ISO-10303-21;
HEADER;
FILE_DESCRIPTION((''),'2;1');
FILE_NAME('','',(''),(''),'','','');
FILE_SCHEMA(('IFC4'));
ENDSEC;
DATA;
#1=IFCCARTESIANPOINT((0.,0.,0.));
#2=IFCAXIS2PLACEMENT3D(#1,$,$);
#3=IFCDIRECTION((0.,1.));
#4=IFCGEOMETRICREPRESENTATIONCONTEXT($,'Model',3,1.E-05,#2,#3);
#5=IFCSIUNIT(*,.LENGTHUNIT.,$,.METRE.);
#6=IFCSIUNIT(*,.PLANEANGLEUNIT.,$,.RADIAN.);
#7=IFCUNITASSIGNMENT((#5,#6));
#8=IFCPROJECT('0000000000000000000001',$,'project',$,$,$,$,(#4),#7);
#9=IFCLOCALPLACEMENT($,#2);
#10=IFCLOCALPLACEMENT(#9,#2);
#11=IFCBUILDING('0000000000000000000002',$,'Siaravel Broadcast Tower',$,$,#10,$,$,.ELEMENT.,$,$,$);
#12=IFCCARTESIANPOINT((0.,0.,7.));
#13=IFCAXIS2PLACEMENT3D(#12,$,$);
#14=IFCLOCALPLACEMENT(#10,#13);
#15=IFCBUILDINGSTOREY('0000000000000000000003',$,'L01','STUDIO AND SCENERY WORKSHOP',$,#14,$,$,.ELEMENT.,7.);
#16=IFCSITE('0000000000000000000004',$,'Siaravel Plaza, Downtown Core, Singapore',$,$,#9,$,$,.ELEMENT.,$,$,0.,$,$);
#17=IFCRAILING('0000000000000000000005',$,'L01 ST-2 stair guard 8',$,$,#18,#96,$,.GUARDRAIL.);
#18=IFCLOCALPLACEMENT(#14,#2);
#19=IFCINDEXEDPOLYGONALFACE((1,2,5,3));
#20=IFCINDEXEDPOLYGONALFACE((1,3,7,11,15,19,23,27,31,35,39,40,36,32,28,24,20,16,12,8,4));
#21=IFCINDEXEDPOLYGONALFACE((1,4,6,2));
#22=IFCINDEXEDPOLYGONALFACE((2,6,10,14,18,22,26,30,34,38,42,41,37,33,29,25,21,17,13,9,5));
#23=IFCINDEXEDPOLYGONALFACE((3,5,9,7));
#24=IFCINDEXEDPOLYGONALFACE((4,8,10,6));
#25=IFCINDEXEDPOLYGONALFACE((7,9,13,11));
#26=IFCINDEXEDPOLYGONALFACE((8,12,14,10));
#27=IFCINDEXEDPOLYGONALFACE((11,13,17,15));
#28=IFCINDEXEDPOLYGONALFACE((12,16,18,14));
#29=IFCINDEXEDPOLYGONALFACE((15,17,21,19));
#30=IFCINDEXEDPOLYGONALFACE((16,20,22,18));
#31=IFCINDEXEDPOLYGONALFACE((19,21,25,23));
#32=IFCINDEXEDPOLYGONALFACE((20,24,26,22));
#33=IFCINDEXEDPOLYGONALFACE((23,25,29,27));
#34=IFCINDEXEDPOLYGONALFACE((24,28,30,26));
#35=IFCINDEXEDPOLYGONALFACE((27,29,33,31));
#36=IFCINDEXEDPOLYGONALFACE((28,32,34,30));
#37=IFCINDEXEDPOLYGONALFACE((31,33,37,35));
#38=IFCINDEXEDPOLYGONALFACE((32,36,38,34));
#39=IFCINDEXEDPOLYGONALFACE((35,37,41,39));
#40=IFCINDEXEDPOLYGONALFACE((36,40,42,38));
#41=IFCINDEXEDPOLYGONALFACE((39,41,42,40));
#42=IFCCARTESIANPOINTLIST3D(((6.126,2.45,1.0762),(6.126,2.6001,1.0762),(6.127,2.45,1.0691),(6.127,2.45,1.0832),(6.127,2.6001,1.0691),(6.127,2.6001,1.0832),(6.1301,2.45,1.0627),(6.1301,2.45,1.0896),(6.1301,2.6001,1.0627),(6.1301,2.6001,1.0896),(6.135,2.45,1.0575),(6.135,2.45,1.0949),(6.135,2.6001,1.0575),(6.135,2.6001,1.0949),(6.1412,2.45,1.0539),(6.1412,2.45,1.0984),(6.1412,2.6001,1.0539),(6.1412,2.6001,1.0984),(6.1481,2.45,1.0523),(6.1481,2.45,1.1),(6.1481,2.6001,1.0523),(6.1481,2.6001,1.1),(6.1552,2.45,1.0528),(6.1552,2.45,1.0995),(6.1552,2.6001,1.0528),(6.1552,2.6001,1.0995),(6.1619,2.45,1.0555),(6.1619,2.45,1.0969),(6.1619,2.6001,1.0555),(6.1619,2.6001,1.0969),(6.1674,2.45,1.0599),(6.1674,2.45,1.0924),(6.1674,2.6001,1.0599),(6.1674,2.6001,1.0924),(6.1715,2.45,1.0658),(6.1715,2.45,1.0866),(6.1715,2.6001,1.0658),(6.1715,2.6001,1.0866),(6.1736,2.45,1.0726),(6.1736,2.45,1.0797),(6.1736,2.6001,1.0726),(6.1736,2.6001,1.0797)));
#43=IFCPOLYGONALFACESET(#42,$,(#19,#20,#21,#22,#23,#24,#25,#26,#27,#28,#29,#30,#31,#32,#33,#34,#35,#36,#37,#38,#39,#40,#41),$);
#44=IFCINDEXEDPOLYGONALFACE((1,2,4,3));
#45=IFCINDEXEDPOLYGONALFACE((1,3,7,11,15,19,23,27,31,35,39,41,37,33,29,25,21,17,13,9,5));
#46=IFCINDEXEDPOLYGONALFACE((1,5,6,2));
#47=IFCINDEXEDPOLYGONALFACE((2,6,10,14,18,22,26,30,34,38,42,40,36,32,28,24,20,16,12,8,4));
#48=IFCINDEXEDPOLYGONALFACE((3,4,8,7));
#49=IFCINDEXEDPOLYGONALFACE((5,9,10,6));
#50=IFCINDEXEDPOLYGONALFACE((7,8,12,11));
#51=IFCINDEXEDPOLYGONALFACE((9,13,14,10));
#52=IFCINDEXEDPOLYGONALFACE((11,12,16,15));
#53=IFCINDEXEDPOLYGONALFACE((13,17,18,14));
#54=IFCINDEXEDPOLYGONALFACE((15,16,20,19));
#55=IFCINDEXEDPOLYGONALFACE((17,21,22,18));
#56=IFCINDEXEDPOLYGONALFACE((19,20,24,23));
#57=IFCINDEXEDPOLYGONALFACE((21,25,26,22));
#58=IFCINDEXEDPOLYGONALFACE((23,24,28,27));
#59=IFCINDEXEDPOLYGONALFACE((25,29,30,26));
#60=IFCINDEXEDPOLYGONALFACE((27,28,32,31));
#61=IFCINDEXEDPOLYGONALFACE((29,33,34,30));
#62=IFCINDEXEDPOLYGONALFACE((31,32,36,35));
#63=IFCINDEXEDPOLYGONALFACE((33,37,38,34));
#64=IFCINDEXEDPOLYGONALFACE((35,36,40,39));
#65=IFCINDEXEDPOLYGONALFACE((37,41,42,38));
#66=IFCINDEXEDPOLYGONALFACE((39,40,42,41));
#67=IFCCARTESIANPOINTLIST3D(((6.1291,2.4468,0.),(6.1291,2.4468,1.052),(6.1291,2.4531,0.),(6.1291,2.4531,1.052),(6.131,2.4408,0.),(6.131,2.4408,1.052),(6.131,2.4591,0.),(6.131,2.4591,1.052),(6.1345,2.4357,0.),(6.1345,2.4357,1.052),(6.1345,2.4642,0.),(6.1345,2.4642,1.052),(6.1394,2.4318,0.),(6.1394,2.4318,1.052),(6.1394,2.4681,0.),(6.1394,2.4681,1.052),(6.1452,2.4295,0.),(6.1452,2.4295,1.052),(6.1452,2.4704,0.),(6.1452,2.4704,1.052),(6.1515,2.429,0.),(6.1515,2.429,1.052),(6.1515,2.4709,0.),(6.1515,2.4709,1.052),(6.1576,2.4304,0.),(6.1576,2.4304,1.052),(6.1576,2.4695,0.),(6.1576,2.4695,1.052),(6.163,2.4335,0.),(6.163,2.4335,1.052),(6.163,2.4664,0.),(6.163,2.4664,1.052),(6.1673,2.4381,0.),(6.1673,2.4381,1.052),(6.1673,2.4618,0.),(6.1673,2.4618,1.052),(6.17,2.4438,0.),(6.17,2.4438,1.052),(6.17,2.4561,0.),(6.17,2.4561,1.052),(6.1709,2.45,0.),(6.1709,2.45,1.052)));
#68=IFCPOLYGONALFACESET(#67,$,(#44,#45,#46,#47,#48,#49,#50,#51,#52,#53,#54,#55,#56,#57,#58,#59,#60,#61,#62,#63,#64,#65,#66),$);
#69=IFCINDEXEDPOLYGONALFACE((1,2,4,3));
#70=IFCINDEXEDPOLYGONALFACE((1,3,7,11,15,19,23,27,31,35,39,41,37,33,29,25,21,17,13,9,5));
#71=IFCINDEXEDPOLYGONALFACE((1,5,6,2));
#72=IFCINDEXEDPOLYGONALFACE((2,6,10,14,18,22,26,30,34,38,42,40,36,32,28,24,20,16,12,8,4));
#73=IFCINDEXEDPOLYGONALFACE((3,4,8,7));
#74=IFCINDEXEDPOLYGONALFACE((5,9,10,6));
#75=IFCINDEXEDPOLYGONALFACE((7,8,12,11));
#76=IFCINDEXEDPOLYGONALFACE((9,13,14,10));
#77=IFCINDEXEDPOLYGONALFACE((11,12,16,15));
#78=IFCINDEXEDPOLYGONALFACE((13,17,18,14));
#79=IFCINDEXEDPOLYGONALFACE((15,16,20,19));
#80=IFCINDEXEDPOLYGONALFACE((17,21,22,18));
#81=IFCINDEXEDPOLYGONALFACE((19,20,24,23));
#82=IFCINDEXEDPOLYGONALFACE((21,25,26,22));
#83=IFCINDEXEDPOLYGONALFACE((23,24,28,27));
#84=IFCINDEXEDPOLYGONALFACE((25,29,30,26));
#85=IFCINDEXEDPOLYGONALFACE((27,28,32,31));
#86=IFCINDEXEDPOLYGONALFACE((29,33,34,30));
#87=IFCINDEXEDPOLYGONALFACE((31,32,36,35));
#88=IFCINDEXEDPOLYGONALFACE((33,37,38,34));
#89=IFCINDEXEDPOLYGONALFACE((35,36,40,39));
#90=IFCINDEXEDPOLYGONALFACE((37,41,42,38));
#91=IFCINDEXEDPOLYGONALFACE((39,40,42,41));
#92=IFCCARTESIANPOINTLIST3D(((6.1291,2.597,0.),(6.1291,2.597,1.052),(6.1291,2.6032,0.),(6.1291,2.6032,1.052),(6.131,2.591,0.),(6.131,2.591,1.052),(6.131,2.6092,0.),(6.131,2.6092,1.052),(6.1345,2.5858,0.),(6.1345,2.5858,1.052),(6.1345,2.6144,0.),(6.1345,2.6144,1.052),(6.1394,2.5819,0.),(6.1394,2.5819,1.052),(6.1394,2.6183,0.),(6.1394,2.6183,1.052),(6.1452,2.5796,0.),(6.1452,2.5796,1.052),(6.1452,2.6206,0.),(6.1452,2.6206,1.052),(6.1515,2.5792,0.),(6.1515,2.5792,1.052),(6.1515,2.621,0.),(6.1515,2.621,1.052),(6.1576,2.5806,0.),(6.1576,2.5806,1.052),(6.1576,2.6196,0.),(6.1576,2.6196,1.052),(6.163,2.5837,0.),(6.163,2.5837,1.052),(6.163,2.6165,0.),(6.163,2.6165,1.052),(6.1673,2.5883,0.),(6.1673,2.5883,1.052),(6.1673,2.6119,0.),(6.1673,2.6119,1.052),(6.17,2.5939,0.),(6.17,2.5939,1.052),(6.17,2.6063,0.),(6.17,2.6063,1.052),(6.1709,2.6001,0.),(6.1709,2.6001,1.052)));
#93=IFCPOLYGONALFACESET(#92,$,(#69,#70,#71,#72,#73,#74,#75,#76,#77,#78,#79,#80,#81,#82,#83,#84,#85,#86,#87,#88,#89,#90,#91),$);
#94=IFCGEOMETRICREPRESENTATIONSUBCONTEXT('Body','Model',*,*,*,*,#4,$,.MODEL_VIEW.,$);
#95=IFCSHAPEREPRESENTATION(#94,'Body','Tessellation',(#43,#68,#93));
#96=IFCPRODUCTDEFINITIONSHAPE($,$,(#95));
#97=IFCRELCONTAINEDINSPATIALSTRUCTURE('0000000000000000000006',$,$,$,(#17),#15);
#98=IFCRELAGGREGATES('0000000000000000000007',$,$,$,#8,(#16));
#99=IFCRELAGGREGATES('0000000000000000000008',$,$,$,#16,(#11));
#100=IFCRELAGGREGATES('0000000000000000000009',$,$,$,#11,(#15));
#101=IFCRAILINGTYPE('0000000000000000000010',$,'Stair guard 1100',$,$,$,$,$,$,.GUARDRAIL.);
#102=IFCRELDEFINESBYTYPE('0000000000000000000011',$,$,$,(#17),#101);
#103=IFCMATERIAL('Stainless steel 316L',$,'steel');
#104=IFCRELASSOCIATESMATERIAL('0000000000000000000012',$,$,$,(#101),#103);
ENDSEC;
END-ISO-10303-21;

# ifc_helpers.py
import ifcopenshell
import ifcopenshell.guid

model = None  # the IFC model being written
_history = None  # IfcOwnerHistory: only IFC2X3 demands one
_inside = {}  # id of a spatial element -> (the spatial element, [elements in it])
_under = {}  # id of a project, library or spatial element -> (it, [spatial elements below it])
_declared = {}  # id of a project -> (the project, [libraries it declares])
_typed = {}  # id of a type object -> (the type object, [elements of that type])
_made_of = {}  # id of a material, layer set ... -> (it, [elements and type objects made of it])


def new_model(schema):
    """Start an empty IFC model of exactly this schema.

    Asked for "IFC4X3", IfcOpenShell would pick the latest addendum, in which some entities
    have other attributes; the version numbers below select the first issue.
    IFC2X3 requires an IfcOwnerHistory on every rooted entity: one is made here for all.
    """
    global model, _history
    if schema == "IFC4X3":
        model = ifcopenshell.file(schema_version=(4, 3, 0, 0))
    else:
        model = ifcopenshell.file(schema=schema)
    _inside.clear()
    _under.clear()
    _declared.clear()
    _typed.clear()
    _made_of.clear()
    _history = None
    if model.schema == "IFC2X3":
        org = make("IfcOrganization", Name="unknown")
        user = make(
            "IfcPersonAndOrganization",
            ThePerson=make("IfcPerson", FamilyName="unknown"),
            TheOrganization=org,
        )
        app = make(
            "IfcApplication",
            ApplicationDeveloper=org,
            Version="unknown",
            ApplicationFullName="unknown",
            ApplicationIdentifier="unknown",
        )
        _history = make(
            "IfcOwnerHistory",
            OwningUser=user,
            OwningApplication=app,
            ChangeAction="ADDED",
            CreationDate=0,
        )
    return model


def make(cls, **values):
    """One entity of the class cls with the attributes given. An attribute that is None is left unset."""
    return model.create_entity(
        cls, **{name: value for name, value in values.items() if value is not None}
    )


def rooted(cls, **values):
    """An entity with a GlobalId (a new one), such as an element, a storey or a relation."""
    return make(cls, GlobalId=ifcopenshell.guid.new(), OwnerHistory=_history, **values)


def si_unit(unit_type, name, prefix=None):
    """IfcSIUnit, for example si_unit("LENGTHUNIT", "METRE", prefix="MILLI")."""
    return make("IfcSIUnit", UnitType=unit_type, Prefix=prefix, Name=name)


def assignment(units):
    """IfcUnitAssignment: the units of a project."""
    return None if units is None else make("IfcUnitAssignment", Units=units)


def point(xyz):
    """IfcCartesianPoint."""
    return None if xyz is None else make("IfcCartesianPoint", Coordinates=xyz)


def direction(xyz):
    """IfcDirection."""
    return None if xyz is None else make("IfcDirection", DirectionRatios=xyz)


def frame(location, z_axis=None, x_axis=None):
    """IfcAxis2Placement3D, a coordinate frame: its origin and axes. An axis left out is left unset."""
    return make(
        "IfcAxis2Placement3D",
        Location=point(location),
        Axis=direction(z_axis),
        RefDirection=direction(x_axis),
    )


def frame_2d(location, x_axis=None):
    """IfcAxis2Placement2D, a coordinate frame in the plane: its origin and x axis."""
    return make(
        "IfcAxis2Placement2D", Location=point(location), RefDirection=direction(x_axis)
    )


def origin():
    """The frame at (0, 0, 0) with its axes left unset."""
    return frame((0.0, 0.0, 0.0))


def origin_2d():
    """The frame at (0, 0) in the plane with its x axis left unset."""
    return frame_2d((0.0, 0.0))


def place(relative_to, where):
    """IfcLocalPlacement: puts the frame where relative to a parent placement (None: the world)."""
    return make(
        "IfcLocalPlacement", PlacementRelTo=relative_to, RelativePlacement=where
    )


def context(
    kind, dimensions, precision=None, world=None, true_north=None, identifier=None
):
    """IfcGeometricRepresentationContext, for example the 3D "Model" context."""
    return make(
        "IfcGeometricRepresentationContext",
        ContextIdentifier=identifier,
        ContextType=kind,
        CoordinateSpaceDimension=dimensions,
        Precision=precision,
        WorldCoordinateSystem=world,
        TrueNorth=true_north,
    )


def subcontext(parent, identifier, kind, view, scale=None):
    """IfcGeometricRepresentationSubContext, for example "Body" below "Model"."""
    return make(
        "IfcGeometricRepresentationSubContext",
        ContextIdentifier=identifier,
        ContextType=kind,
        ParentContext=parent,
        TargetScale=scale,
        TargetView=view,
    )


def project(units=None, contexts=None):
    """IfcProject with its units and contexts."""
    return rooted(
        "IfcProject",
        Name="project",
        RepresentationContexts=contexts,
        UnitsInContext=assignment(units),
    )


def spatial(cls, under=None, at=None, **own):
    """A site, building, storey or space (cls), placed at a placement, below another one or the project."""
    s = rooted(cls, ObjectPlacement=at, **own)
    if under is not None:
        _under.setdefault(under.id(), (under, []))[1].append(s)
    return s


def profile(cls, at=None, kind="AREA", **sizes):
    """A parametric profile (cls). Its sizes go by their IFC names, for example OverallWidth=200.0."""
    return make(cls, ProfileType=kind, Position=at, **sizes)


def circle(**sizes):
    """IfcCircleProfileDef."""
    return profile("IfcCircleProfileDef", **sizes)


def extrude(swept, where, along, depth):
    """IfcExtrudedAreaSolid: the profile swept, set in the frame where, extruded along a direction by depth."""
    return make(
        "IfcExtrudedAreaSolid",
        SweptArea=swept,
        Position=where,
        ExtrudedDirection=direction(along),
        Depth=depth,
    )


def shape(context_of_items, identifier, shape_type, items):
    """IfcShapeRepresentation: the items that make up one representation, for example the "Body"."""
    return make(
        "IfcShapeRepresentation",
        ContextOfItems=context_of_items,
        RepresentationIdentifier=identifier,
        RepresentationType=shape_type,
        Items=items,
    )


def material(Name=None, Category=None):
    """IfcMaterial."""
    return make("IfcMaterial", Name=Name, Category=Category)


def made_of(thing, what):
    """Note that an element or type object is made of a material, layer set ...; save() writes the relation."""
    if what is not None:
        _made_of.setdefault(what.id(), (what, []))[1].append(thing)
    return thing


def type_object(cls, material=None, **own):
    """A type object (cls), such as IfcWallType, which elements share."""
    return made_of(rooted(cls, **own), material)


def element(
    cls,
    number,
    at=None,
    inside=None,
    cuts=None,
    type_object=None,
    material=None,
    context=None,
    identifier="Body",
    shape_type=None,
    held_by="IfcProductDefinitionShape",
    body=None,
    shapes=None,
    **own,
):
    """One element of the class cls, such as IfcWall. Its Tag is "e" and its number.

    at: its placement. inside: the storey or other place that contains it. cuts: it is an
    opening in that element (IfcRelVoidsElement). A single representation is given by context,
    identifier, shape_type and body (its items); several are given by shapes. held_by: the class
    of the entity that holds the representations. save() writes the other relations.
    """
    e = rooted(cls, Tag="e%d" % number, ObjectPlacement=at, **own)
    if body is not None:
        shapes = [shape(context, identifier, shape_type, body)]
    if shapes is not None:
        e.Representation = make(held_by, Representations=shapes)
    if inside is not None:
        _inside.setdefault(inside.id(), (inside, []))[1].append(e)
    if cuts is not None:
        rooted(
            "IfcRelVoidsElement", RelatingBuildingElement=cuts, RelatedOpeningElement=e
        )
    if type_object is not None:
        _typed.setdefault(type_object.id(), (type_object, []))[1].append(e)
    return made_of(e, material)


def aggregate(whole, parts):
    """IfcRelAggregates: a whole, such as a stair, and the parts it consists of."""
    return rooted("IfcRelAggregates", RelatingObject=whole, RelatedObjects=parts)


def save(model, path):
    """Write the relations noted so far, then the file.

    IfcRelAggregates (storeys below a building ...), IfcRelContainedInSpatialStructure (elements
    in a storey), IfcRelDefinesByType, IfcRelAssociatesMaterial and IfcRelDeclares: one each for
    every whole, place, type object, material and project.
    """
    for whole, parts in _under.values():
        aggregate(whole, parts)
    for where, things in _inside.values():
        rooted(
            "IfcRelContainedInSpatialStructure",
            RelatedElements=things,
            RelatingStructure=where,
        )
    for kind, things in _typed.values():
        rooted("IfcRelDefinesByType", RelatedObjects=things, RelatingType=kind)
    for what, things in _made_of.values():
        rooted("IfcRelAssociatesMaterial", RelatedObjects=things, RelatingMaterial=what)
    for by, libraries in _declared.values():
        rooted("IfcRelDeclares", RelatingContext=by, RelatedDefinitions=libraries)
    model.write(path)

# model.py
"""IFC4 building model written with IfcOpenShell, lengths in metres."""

from ifc_helpers import new_model, si_unit, direction, frame, origin, origin_2d, place, context, subcontext, project, spatial, circle, extrude, material, type_object, element, save


model = new_model("IFC4")

# Units and contexts
model_context = context("Model", 3, precision=1e-05, world=origin(), true_north=direction((0.0, 1.0)))
body_context = subcontext(model_context, "Body", "Model", "MODEL_VIEW")
ifc_project = project(units=[si_unit("LENGTHUNIT", "METRE"), si_unit("PLANEANGLEUNIT", "RADIAN")], contexts=[model_context])

# Site, building, storey
site_placement = place(None, origin())
site = spatial("IfcSite", under=ifc_project, at=site_placement, Name="Siaravel Plaza, Downtown Core, Singapore", CompositionType="ELEMENT", RefElevation=0.0)
building_placement = place(site_placement, origin())
building = spatial("IfcBuilding", under=site, at=building_placement, Name="Siaravel Broadcast Tower", CompositionType="ELEMENT")
storey_placement = place(building_placement, frame((0.0, 0.0, 7.0)))
storey = spatial("IfcBuildingStorey", under=building, at=storey_placement, Name="L01", Description="STUDIO AND SCENERY WORKSHOP", CompositionType="ELEMENT", Elevation=7.0)

# Railing
ifc_material_1 = material(Name="Stainless steel 316L", Category="steel")
railing_type_1 = type_object("IfcRailingType", Name="Stair guard 1100", PredefinedType="GUARDRAIL", material=ifc_material_1)
railing_1_placement = place(storey_placement, frame((6.1499, 2.45, 0.0)))
element("IfcRailing", 1, at=railing_1_placement, inside=storey, type_object=railing_type_1, Name="L01 ST-2 stair guard 8", PredefinedType="GUARDRAIL", context=body_context, shape_type="SweptSolid", body=[
    extrude(circle(Radius=0.0239, at=origin_2d()), frame((0.0, 0.0, 1.0762), z_axis=(0.0, 1.0, 0.0), x_axis=(-1.0, 0.0, 0.0)), (0.0, 0.0, 1.0), 0.1501),
    extrude(circle(Radius=0.021, at=origin_2d()), origin(), (0.0, 0.0, 1.0), 1.052),
    extrude(circle(Radius=0.021, at=origin_2d()), frame((0.0, 0.1501, 0.0)), (0.0, 0.0, 1.0), 1.052),
])

save(model, "model.ifc")
